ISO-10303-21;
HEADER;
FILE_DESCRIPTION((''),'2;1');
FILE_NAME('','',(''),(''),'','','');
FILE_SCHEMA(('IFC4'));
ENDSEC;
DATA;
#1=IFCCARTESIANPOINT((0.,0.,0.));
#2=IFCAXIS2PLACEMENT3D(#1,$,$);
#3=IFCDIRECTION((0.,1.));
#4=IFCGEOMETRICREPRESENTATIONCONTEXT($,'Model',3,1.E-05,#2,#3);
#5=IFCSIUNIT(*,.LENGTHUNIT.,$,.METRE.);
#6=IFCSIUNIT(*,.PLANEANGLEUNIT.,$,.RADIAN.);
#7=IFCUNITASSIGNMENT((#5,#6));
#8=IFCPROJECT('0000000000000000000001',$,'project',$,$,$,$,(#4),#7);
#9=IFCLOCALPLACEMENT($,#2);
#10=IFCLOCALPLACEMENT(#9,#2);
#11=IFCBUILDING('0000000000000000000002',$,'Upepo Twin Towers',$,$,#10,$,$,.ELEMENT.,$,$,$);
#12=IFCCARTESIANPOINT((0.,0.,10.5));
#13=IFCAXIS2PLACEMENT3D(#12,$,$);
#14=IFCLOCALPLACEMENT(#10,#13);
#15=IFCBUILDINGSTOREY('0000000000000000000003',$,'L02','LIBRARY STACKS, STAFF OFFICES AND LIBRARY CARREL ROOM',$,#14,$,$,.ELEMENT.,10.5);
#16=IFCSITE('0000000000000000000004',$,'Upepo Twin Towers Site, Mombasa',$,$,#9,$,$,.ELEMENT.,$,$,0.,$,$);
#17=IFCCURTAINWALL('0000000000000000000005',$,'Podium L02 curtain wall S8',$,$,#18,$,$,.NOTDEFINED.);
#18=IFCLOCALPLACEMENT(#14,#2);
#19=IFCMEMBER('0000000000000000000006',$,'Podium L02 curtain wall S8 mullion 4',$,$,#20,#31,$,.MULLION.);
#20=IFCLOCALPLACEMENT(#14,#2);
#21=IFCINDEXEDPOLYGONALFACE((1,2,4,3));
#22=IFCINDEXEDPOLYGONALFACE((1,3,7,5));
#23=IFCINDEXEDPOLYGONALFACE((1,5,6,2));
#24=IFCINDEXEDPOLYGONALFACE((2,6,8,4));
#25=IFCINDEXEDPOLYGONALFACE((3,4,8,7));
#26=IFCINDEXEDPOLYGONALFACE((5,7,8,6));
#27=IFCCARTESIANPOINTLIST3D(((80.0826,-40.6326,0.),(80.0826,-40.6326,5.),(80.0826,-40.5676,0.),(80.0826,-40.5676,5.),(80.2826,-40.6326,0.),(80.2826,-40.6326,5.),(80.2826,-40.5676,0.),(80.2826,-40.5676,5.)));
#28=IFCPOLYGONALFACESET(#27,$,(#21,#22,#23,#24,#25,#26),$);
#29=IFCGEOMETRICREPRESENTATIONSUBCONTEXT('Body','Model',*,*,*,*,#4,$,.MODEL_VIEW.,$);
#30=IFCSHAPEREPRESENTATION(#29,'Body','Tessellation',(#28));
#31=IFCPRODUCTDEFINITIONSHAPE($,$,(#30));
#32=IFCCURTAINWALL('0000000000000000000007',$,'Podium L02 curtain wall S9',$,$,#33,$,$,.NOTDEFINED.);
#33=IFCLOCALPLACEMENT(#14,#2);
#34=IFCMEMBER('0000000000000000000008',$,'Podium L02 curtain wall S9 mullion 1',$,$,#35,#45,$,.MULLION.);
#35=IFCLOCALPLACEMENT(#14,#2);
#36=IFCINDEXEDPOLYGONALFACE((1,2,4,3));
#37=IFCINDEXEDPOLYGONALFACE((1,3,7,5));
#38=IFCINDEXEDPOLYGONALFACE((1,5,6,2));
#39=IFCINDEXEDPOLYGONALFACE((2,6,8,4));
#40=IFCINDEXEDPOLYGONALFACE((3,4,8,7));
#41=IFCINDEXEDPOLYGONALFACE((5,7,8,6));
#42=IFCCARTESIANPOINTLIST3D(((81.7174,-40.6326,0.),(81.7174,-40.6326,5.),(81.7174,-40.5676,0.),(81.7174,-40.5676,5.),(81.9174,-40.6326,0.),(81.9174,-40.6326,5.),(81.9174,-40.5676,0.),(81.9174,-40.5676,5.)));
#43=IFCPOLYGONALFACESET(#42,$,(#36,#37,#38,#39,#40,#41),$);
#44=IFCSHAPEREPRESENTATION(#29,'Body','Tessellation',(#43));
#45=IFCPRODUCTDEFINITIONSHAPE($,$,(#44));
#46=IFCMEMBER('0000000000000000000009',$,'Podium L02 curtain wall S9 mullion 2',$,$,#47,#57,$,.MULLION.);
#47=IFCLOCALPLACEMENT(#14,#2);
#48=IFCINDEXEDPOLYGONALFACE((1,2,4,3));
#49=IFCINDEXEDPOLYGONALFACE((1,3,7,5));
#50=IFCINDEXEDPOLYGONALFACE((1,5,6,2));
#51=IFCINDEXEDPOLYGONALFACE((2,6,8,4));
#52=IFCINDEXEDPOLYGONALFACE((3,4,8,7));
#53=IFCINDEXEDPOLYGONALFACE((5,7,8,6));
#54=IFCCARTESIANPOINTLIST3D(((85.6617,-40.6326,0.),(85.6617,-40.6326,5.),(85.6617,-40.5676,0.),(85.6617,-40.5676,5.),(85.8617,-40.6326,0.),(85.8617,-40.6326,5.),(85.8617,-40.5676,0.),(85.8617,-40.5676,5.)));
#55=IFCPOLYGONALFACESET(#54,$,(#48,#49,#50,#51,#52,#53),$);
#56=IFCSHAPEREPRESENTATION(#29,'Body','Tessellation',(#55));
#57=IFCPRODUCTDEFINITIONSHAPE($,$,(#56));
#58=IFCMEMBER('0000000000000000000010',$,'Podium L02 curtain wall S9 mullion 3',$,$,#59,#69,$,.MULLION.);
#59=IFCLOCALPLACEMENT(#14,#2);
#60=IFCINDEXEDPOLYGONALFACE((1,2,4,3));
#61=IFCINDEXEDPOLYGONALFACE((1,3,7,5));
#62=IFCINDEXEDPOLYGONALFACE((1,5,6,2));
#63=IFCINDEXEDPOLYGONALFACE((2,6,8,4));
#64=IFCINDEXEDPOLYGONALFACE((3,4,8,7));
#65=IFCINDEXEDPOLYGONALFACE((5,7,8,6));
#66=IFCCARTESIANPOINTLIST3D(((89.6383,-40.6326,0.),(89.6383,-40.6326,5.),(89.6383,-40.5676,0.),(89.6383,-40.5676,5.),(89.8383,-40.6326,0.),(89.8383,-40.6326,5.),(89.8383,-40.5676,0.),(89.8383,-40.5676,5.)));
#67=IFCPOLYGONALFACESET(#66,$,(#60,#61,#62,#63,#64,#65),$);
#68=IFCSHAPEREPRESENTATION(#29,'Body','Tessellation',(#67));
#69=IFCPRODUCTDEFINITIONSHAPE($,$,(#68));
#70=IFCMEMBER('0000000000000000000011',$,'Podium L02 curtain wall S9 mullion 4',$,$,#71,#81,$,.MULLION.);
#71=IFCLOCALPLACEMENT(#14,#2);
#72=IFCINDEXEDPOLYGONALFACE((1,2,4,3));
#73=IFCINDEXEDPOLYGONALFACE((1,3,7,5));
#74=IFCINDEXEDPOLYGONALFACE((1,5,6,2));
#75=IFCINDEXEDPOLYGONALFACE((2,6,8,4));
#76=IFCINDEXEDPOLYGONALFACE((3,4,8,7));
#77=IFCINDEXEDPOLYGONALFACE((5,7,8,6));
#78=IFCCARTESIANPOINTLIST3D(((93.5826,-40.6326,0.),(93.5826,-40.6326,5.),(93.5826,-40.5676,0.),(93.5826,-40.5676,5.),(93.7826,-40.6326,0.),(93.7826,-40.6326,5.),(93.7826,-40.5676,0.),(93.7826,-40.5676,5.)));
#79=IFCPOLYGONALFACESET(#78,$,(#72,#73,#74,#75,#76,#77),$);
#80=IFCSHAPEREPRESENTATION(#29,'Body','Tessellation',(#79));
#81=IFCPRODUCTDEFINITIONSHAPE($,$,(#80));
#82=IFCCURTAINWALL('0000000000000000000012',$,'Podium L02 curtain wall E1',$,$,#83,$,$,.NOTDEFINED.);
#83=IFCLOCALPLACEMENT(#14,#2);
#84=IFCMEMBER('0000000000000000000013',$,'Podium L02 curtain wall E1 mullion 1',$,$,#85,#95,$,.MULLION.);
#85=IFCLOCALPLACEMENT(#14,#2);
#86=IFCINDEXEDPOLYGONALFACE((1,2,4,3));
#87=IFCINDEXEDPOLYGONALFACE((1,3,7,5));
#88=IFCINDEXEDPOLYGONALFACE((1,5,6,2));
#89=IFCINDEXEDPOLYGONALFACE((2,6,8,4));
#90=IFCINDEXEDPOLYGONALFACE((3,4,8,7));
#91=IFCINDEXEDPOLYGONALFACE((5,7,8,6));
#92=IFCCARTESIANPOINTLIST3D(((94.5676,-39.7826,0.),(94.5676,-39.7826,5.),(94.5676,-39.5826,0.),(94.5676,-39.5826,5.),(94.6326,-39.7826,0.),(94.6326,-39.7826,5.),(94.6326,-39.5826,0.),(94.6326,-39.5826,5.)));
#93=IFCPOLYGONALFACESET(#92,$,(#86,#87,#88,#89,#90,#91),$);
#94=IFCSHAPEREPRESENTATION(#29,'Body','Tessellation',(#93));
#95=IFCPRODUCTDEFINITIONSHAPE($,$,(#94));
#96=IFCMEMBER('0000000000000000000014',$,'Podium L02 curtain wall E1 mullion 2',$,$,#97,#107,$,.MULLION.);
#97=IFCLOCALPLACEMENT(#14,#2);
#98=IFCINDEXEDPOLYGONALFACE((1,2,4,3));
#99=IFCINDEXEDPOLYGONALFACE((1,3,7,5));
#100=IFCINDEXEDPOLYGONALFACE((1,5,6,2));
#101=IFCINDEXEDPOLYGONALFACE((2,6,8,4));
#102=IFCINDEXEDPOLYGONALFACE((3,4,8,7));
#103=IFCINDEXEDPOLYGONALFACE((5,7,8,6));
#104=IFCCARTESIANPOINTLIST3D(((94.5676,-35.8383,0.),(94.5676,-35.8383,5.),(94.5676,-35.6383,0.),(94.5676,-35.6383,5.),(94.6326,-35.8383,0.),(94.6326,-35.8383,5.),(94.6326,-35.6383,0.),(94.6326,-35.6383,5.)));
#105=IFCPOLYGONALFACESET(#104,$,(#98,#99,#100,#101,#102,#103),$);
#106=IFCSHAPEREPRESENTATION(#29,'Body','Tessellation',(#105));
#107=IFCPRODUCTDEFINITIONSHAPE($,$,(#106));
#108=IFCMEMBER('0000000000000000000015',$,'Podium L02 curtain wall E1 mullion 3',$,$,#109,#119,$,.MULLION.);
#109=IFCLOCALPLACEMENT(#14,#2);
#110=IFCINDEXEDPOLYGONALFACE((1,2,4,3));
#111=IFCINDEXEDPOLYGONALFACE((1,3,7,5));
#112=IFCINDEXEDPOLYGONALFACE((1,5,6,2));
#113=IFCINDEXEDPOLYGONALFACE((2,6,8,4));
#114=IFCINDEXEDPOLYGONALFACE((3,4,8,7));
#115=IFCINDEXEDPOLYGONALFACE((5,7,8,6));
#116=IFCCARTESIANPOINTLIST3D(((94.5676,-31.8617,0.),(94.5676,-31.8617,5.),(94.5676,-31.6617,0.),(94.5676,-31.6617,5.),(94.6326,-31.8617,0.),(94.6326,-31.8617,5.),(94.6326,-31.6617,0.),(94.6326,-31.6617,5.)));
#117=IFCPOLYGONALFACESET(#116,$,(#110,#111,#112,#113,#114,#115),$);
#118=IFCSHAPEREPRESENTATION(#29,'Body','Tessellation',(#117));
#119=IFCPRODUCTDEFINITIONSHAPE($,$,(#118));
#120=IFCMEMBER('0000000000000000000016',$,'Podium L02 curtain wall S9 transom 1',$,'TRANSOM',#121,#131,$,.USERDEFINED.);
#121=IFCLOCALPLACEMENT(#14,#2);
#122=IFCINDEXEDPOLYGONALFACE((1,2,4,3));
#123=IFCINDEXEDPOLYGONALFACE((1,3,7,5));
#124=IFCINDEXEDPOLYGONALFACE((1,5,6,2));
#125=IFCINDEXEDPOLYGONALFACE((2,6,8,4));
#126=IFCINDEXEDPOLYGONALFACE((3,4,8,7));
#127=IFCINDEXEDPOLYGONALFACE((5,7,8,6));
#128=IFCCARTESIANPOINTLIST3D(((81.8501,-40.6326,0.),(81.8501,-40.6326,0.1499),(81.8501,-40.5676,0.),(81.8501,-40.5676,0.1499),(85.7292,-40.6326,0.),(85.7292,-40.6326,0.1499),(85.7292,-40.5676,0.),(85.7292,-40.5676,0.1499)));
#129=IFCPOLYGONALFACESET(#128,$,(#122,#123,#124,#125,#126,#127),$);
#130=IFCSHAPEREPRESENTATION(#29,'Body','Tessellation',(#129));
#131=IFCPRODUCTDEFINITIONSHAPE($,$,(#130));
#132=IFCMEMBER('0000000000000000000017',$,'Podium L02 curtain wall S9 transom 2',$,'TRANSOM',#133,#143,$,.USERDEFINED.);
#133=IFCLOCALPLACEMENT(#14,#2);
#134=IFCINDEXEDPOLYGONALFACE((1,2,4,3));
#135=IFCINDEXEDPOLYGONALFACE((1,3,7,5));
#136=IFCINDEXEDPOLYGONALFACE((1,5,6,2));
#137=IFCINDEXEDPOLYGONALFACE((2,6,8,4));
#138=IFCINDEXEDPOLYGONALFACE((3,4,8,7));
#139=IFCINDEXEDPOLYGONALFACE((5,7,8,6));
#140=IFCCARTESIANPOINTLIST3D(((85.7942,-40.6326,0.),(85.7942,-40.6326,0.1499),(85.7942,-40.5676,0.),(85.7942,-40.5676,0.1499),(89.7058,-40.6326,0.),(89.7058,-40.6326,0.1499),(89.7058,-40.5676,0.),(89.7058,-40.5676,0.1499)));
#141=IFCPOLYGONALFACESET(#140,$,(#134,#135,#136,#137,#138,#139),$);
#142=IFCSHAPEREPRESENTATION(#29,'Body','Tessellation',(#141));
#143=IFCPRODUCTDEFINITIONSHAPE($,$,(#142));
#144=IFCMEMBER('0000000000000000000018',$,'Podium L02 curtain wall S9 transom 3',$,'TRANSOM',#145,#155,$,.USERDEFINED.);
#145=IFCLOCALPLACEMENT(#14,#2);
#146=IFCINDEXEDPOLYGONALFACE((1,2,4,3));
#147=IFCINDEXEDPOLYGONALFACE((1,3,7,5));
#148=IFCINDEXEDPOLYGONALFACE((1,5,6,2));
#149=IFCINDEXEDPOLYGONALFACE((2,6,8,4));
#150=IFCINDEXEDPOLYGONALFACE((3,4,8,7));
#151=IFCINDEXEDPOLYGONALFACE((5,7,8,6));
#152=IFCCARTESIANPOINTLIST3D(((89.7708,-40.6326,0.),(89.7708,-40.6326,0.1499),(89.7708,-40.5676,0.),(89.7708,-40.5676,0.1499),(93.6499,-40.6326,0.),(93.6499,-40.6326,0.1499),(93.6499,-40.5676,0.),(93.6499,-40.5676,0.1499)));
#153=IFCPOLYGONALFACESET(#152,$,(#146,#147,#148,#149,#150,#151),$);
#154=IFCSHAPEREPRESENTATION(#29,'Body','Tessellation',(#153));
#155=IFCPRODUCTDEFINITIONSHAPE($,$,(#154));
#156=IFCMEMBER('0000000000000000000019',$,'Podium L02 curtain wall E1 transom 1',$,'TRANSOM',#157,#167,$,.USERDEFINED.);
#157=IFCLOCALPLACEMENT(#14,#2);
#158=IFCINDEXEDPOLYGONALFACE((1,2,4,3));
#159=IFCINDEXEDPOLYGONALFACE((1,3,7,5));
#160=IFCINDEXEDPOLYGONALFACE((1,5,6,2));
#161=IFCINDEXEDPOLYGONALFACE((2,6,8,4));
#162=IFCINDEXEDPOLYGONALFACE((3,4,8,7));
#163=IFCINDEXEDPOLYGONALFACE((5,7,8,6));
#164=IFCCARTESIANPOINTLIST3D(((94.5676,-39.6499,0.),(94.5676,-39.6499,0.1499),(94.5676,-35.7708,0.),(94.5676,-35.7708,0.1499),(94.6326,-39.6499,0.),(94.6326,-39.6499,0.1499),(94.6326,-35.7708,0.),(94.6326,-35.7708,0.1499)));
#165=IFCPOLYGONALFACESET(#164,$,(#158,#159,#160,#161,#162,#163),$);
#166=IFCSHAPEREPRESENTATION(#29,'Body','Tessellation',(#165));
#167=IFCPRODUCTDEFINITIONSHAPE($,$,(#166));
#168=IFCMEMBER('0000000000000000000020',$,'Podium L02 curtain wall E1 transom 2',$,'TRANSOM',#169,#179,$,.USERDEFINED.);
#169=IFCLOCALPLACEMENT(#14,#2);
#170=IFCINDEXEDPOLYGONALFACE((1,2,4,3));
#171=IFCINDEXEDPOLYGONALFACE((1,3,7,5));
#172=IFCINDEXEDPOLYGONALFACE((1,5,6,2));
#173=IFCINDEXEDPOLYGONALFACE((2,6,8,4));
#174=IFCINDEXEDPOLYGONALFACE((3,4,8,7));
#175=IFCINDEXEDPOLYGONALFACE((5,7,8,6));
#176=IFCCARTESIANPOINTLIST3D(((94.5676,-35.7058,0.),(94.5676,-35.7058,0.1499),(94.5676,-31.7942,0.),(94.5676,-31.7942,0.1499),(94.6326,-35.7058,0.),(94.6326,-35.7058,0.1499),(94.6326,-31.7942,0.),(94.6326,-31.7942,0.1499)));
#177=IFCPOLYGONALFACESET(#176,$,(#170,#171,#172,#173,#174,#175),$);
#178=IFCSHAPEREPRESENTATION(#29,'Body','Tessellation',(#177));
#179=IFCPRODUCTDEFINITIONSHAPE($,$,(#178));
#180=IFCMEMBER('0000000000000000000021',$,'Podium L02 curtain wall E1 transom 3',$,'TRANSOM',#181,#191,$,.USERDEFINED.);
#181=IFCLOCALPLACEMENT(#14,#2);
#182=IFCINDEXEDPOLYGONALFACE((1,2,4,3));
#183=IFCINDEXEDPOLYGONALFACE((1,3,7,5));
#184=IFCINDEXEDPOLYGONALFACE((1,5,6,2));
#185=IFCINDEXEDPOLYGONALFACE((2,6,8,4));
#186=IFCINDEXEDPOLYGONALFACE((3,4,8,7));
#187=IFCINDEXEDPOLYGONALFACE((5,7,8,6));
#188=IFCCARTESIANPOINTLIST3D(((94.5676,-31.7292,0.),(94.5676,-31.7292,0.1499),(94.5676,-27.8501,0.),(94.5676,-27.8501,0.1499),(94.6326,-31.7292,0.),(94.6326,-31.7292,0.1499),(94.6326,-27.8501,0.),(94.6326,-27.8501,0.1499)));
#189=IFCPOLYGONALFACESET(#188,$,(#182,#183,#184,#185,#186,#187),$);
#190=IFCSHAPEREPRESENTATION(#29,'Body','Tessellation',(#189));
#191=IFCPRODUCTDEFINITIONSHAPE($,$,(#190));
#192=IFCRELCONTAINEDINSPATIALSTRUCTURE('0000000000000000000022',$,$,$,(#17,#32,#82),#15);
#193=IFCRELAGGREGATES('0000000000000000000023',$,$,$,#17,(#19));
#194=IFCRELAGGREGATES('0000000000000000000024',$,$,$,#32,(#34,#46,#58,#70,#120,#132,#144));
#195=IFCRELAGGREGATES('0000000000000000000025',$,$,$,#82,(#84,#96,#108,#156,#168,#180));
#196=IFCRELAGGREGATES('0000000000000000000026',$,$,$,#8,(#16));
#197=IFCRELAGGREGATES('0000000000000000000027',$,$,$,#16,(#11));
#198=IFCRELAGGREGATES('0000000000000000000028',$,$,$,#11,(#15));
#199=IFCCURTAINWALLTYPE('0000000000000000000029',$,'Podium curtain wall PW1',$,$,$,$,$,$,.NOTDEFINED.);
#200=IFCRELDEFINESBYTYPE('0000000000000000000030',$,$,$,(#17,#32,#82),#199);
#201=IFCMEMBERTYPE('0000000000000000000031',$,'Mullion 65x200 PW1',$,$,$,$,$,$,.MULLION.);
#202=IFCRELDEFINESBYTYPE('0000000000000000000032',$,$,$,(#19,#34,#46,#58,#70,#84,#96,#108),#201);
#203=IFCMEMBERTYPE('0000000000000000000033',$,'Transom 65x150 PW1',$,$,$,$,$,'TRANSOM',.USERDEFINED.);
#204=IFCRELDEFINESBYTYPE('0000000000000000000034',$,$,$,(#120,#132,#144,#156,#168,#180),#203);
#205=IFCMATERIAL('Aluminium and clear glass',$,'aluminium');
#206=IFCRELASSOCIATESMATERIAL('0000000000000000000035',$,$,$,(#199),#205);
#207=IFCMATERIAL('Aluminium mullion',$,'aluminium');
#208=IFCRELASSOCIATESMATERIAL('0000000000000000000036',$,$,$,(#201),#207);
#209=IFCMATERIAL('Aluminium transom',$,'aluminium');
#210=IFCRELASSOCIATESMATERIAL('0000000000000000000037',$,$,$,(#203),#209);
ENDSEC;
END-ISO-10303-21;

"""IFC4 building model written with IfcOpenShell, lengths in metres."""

from ifc_helpers import new_model, si_unit, direction, frame, origin, origin_2d, place, context, subcontext, project, spatial, rectangle, extrude, material, material_profile, profile_set, type_object, element, aggregate, save


model = new_model("IFC4")

# Units and contexts
model_context = context("Model", 3, precision=1e-05, world=origin(), true_north=direction((0.0, 1.0)))
body_context = subcontext(model_context, "Body", "Model", "MODEL_VIEW")
ifc_project = project(units=[si_unit("LENGTHUNIT", "METRE"), si_unit("PLANEANGLEUNIT", "RADIAN")], contexts=[model_context])

# Site, building, storey
site_placement = place(None, origin())
site = spatial("IfcSite", under=ifc_project, at=site_placement, Name="Upepo Twin Towers Site, Mombasa", CompositionType="ELEMENT", RefElevation=0.0)
building_placement = place(site_placement, origin())
building = spatial("IfcBuilding", under=site, at=building_placement, Name="Upepo Twin Towers", CompositionType="ELEMENT")
storey_placement = place(building_placement, frame((0.0, 0.0, 10.5)))
storey = spatial("IfcBuildingStorey", under=building, at=storey_placement, Name="L02", Description="LIBRARY STACKS, STAFF OFFICES AND LIBRARY CARREL ROOM", CompositionType="ELEMENT", Elevation=10.5)

# Curtain wall, member
ifc_material_1 = material(Name="Aluminium and clear glass", Category="aluminium")
curtain_wall_type = type_object("IfcCurtainWallType", Name="Podium curtain wall PW1", PredefinedType="NOTDEFINED", material=ifc_material_1)
curtain_wall_1_placement = place(storey_placement, origin())
curtain_wall_1 = element("IfcCurtainWall", 1, at=curtain_wall_1_placement, inside=storey, type_object=curtain_wall_type, Name="Podium L02 curtain wall S8", PredefinedType="NOTDEFINED")
ifc_material_2 = material(Name="Aluminium mullion", Category="aluminium")
ifc_material_profile_1 = material_profile(ifc_material_2, rectangle(XDim=0.0649, YDim=0.2, at=origin_2d()), Name="MULLION 65x200 PODIUM")
ifc_profile_set_1 = profile_set([ifc_material_profile_1], Name="Aluminium mullion")
member_type_1 = type_object("IfcMemberType", Name="Mullion 65x200 PW1", PredefinedType="MULLION", material=ifc_profile_set_1)
member_1_placement = place(storey_placement, frame((80.1826, -40.6001, 0.0), z_axis=(0.0, 0.0, 1.0), x_axis=(0.0, 1.0, 0.0)))
member_1 = element("IfcMember", 2, at=member_1_placement, type_object=member_type_1, Name="Podium L02 curtain wall S8 mullion 4", PredefinedType="MULLION", context=body_context, shape_type="SweptSolid", body=[
    extrude(rectangle(XDim=0.0649, YDim=0.2, at=origin_2d()), origin(), (0.0, 0.0, 1.0), 5.0),
])
aggregate(curtain_wall_1, [member_1])

# Curtain walls, members
curtain_wall_2_placement = place(storey_placement, origin())
curtain_wall_2 = element("IfcCurtainWall", 3, at=curtain_wall_2_placement, inside=storey, type_object=curtain_wall_type, Name="Podium L02 curtain wall S9", PredefinedType="NOTDEFINED")
member_2_placement = place(storey_placement, frame((81.8174, -40.6001, 0.0), z_axis=(0.0, 0.0, 1.0), x_axis=(0.0, 1.0, 0.0)))
member_2 = element("IfcMember", 4, at=member_2_placement, type_object=member_type_1, Name="Podium L02 curtain wall S9 mullion 1", PredefinedType="MULLION", context=body_context, shape_type="SweptSolid", body=[
    extrude(rectangle(XDim=0.0649, YDim=0.2, at=origin_2d()), origin(), (0.0, 0.0, 1.0), 5.0),
])
member_3_placement = place(storey_placement, frame((85.7617, -40.6001, 0.0), z_axis=(0.0, 0.0, 1.0), x_axis=(0.0, 1.0, 0.0)))
member_3 = element("IfcMember", 5, at=member_3_placement, type_object=member_type_1, Name="Podium L02 curtain wall S9 mullion 2", PredefinedType="MULLION", context=body_context, shape_type="SweptSolid", body=[
    extrude(rectangle(XDim=0.0649, YDim=0.2, at=origin_2d()), origin(), (0.0, 0.0, 1.0), 5.0),
])
member_4_placement = place(storey_placement, frame((89.7383, -40.6001, 0.0), z_axis=(0.0, 0.0, 1.0), x_axis=(0.0, 1.0, 0.0)))
member_4 = element("IfcMember", 6, at=member_4_placement, type_object=member_type_1, Name="Podium L02 curtain wall S9 mullion 3", PredefinedType="MULLION", context=body_context, shape_type="SweptSolid", body=[
    extrude(rectangle(XDim=0.0649, YDim=0.2, at=origin_2d()), origin(), (0.0, 0.0, 1.0), 5.0),
])
member_5_placement = place(storey_placement, frame((93.6826, -40.6001, 0.0), z_axis=(0.0, 0.0, 1.0), x_axis=(0.0, 1.0, 0.0)))
member_5 = element("IfcMember", 7, at=member_5_placement, type_object=member_type_1, Name="Podium L02 curtain wall S9 mullion 4", PredefinedType="MULLION", context=body_context, shape_type="SweptSolid", body=[
    extrude(rectangle(XDim=0.0649, YDim=0.2, at=origin_2d()), origin(), (0.0, 0.0, 1.0), 5.0),
])
curtain_wall_3_placement = place(storey_placement, origin())
curtain_wall_3 = element("IfcCurtainWall", 8, at=curtain_wall_3_placement, inside=storey, type_object=curtain_wall_type, Name="Podium L02 curtain wall E1", PredefinedType="NOTDEFINED")
member_6_placement = place(storey_placement, frame((94.6001, -39.6826, 0.0), z_axis=(0.0, 0.0, 1.0), x_axis=(-1.0, 0.0, 0.0)))
member_6 = element("IfcMember", 9, at=member_6_placement, type_object=member_type_1, Name="Podium L02 curtain wall E1 mullion 1", PredefinedType="MULLION", context=body_context, shape_type="SweptSolid", body=[
    extrude(rectangle(XDim=0.0649, YDim=0.2, at=origin_2d()), origin(), (0.0, 0.0, 1.0), 5.0),
])
member_7_placement = place(storey_placement, frame((94.6001, -35.7383, 0.0), z_axis=(0.0, 0.0, 1.0), x_axis=(-1.0, 0.0, 0.0)))
member_7 = element("IfcMember", 10, at=member_7_placement, type_object=member_type_1, Name="Podium L02 curtain wall E1 mullion 2", PredefinedType="MULLION", context=body_context, shape_type="SweptSolid", body=[
    extrude(rectangle(XDim=0.0649, YDim=0.2, at=origin_2d()), origin(), (0.0, 0.0, 1.0), 5.0),
])
member_8_placement = place(storey_placement, frame((94.6001, -31.7617, 0.0), z_axis=(0.0, 0.0, 1.0), x_axis=(-1.0, 0.0, 0.0)))
member_8 = element("IfcMember", 11, at=member_8_placement, type_object=member_type_1, Name="Podium L02 curtain wall E1 mullion 3", PredefinedType="MULLION", context=body_context, shape_type="SweptSolid", body=[
    extrude(rectangle(XDim=0.0649, YDim=0.2, at=origin_2d()), origin(), (0.0, 0.0, 1.0), 5.0),
])

# Members
ifc_material_3 = material(Name="Aluminium transom", Category="aluminium")
ifc_material_profile_2 = material_profile(ifc_material_3, rectangle(XDim=0.0649, YDim=0.1499, at=origin_2d()), Name="TRANSOM 65x150 PODIUM")
ifc_profile_set_2 = profile_set([ifc_material_profile_2], Name="Aluminium transom")
member_type_2 = type_object("IfcMemberType", Name="Transom 65x150 PW1", ElementType="TRANSOM", PredefinedType="USERDEFINED", material=ifc_profile_set_2)
member_9_placement = place(storey_placement, frame((81.8501, -40.6001, 0.075), z_axis=(1.0, 0.0, 0.0), x_axis=(0.0, 1.0, 0.0)))
member_9 = element("IfcMember", 12, at=member_9_placement, type_object=member_type_2, Name="Podium L02 curtain wall S9 transom 1", ObjectType="TRANSOM", PredefinedType="USERDEFINED", context=body_context, shape_type="SweptSolid", body=[
    extrude(rectangle(XDim=0.0649, YDim=0.1499, at=origin_2d()), origin(), (0.0, 0.0, 1.0), 3.8792),
])
member_10_placement = place(storey_placement, frame((85.7942, -40.6001, 0.075), z_axis=(1.0, 0.0, 0.0), x_axis=(0.0, 1.0, 0.0)))
member_10 = element("IfcMember", 13, at=member_10_placement, type_object=member_type_2, Name="Podium L02 curtain wall S9 transom 2", ObjectType="TRANSOM", PredefinedType="USERDEFINED", context=body_context, shape_type="SweptSolid", body=[
    extrude(rectangle(XDim=0.0649, YDim=0.1499, at=origin_2d()), origin(), (0.0, 0.0, 1.0), 3.9116),
])
member_11_placement = place(storey_placement, frame((89.7708, -40.6001, 0.075), z_axis=(1.0, 0.0, 0.0), x_axis=(0.0, 1.0, 0.0)))
member_11 = element("IfcMember", 14, at=member_11_placement, type_object=member_type_2, Name="Podium L02 curtain wall S9 transom 3", ObjectType="TRANSOM", PredefinedType="USERDEFINED", context=body_context, shape_type="SweptSolid", body=[
    extrude(rectangle(XDim=0.0649, YDim=0.1499, at=origin_2d()), origin(), (0.0, 0.0, 1.0), 3.8792),
])
member_12_placement = place(storey_placement, frame((94.6001, -39.6499, 0.075), z_axis=(0.0, 1.0, 0.0), x_axis=(-1.0, 0.0, 0.0)))
member_12 = element("IfcMember", 15, at=member_12_placement, type_object=member_type_2, Name="Podium L02 curtain wall E1 transom 1", ObjectType="TRANSOM", PredefinedType="USERDEFINED", context=body_context, shape_type="SweptSolid", body=[
    extrude(rectangle(XDim=0.0649, YDim=0.1499, at=origin_2d()), origin(), (0.0, 0.0, 1.0), 3.8792),
])
member_13_placement = place(storey_placement, frame((94.6001, -35.7058, 0.075), z_axis=(0.0, 1.0, 0.0), x_axis=(-1.0, 0.0, 0.0)))
member_13 = element("IfcMember", 16, at=member_13_placement, type_object=member_type_2, Name="Podium L02 curtain wall E1 transom 2", ObjectType="TRANSOM", PredefinedType="USERDEFINED", context=body_context, shape_type="SweptSolid", body=[
    extrude(rectangle(XDim=0.0649, YDim=0.1499, at=origin_2d()), origin(), (0.0, 0.0, 1.0), 3.9116),
])
member_14_placement = place(storey_placement, frame((94.6001, -31.7292, 0.075), z_axis=(0.0, 1.0, 0.0), x_axis=(-1.0, 0.0, 0.0)))
member_14 = element("IfcMember", 17, at=member_14_placement, type_object=member_type_2, Name="Podium L02 curtain wall E1 transom 3", ObjectType="TRANSOM", PredefinedType="USERDEFINED", context=body_context, shape_type="SweptSolid", body=[
    extrude(rectangle(XDim=0.0649, YDim=0.1499, at=origin_2d()), origin(), (0.0, 0.0, 1.0), 3.8792),
])

aggregate(curtain_wall_2, [member_2, member_3, member_4, member_5, member_9, member_10, member_11])
aggregate(curtain_wall_3, [member_6, member_7, member_8, member_12, member_13, member_14])

save(model, "model.ifc")
